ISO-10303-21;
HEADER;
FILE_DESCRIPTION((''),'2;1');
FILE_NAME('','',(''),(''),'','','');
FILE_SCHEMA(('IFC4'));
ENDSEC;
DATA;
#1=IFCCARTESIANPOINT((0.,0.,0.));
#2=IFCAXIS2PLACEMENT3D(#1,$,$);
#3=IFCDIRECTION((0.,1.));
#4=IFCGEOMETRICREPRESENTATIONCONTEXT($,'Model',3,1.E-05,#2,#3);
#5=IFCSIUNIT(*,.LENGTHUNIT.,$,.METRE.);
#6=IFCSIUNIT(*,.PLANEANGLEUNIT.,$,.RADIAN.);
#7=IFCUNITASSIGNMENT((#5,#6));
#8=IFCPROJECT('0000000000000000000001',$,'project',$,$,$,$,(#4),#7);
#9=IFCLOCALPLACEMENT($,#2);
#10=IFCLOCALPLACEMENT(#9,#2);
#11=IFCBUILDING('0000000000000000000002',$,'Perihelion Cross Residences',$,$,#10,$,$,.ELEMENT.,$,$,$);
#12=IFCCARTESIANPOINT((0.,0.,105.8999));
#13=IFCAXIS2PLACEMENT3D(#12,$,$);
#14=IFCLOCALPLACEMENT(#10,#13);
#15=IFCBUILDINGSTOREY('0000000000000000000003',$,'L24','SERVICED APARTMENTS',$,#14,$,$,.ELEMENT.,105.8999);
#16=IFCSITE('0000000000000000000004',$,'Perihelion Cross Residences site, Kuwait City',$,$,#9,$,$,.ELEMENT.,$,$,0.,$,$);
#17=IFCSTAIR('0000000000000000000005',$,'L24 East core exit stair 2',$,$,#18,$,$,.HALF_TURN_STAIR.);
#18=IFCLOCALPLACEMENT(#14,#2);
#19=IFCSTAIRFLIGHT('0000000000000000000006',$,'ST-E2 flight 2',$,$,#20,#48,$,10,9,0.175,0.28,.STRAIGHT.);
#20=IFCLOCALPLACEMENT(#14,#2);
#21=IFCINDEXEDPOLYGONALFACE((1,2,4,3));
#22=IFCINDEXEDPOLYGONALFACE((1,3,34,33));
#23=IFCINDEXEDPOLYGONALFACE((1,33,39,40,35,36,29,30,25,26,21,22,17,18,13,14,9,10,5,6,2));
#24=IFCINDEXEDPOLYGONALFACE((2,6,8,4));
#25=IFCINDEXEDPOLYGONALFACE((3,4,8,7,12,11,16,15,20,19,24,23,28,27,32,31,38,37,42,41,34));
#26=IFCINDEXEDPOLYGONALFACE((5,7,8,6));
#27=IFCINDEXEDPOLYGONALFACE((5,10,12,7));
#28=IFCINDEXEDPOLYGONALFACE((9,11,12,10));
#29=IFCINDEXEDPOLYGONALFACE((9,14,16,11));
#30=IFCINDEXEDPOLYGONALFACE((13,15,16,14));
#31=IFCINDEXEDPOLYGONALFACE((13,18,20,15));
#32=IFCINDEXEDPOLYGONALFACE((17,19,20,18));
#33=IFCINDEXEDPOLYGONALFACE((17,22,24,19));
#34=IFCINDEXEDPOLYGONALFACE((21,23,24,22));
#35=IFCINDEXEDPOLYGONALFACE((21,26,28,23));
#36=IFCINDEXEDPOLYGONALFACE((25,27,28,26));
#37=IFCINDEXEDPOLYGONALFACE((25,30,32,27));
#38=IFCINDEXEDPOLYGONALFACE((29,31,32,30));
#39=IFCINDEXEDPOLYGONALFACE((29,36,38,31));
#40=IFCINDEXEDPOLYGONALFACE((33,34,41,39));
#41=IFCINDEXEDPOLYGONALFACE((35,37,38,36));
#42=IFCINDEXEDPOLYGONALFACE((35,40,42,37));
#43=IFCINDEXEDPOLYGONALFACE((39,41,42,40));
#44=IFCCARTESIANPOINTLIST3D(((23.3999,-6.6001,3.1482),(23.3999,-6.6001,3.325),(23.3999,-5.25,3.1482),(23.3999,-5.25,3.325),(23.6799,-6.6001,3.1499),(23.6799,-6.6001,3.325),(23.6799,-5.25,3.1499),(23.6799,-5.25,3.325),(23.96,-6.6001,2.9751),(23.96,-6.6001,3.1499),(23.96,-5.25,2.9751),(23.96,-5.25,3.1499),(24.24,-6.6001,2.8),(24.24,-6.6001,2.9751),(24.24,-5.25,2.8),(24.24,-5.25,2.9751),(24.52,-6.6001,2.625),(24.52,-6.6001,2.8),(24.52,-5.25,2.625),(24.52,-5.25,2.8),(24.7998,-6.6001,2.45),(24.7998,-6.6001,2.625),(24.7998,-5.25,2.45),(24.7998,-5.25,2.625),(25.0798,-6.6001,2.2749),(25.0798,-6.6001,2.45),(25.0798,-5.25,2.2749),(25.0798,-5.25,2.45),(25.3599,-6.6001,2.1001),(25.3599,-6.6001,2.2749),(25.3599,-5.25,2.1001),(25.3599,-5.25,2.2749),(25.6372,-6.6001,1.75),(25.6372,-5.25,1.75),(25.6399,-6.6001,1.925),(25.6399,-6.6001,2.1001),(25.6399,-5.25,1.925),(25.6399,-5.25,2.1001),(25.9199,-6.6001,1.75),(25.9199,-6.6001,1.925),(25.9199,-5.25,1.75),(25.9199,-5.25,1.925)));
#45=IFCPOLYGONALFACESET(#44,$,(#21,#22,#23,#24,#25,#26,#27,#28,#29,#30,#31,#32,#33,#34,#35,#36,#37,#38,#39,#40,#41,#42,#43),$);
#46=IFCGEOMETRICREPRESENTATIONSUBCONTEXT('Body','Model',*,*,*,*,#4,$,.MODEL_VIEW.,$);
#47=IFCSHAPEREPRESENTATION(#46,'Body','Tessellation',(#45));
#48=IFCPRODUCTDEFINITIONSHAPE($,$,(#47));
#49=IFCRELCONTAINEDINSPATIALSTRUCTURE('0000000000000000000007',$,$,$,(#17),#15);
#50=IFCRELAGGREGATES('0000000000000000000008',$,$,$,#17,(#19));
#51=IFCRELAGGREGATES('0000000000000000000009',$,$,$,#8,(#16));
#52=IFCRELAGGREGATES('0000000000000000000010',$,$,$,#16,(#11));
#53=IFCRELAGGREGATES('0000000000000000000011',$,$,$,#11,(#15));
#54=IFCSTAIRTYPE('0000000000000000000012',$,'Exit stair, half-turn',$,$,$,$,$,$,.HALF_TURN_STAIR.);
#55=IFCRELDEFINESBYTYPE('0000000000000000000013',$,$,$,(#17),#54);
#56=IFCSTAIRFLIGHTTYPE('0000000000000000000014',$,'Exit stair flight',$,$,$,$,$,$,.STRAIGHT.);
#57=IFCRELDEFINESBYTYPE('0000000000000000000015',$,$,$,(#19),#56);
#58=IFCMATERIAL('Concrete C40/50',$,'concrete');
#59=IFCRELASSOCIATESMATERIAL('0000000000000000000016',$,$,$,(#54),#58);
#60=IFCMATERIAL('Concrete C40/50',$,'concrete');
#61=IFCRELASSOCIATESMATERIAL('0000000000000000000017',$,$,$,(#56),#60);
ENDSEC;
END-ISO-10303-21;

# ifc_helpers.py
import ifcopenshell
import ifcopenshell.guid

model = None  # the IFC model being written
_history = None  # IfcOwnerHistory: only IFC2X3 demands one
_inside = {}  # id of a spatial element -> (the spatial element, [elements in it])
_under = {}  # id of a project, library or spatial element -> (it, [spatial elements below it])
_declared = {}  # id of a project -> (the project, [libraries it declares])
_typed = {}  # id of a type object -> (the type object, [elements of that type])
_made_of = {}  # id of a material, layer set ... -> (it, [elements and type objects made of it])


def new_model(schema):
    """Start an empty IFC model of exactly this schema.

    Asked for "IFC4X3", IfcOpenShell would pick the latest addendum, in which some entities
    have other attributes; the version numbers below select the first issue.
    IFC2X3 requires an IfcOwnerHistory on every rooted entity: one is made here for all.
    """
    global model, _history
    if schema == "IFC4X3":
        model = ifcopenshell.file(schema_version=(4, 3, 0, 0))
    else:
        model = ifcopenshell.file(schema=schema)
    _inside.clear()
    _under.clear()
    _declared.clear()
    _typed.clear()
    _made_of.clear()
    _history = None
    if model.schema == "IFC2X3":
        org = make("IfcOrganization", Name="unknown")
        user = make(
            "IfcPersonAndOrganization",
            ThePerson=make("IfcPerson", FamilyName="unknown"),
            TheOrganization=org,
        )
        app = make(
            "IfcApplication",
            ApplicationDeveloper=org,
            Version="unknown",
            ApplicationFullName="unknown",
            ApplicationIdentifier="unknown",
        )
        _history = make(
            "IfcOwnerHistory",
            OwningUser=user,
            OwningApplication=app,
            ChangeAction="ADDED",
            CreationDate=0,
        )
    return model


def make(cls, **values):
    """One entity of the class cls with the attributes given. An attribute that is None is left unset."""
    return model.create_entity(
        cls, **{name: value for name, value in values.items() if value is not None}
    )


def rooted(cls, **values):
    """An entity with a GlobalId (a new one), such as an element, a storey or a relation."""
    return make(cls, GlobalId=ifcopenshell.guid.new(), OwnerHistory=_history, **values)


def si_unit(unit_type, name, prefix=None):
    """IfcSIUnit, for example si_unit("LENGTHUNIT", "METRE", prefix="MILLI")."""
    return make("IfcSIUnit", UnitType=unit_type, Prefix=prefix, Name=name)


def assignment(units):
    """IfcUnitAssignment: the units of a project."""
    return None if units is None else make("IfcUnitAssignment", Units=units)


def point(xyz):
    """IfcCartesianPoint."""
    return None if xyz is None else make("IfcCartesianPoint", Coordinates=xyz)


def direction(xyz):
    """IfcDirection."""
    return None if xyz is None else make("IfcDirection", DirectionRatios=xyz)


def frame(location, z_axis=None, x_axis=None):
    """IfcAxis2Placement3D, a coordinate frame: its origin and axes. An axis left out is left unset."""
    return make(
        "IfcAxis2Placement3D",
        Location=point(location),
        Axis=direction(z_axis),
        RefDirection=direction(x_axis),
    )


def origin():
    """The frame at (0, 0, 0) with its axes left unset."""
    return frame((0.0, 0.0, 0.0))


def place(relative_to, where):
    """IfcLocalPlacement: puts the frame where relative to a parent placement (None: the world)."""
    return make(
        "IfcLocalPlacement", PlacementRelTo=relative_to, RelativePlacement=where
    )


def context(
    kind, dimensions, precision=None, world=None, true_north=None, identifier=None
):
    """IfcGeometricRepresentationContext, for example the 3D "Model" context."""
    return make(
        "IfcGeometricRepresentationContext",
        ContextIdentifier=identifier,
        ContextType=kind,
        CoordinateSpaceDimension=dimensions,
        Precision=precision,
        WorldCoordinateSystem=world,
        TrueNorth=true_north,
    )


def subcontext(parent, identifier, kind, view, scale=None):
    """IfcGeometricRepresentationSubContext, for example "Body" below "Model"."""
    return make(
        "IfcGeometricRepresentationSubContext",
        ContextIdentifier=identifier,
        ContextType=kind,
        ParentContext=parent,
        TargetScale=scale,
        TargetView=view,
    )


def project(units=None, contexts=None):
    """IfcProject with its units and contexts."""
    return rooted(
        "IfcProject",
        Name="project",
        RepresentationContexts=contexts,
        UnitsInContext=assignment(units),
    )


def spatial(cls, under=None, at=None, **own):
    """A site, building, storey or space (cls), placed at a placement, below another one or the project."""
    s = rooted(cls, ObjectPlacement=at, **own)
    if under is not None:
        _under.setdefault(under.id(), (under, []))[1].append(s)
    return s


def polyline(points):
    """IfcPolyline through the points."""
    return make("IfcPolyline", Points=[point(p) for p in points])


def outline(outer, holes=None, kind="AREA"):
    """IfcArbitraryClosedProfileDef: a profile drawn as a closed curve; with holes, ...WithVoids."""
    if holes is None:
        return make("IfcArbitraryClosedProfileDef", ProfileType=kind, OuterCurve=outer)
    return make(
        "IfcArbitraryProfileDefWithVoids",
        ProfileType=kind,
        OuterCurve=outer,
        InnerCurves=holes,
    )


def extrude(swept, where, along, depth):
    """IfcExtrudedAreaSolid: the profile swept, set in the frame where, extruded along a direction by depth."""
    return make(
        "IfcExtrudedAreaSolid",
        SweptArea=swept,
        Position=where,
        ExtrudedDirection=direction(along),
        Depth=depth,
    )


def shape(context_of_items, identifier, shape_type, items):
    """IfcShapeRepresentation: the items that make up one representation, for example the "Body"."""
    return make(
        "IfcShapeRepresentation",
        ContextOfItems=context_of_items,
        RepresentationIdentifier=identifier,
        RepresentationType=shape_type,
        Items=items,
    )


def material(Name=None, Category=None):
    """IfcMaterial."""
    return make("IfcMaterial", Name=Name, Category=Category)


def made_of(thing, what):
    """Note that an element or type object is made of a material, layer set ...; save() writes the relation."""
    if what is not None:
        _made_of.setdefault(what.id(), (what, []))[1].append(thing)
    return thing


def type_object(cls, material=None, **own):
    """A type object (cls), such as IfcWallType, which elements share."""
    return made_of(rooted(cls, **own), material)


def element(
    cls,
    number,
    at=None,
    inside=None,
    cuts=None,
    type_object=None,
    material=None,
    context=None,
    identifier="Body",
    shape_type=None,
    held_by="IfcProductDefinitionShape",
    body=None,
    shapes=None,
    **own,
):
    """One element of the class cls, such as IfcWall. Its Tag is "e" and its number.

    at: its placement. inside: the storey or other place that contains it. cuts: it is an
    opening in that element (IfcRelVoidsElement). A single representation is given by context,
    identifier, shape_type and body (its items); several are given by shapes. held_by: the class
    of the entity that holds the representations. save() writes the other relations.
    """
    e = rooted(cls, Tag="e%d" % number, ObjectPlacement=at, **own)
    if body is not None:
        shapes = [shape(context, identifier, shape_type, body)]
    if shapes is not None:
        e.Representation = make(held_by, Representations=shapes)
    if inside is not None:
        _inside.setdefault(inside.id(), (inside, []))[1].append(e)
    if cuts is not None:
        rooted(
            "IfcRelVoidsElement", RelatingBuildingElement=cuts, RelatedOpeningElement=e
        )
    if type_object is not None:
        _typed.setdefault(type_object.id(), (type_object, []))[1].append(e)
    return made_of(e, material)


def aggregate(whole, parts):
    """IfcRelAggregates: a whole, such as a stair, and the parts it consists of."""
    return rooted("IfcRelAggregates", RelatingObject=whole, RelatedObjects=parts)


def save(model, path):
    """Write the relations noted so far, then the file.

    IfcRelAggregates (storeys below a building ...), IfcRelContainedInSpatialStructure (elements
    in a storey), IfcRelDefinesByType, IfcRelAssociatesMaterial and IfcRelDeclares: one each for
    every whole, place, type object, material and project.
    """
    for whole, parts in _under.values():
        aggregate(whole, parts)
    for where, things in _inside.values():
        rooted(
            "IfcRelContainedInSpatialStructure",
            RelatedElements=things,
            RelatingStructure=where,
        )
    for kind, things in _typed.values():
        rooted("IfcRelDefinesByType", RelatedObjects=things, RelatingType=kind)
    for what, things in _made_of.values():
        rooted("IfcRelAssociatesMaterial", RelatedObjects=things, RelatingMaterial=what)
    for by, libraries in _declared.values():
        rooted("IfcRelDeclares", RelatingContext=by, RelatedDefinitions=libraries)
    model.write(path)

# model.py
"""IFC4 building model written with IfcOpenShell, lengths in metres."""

from ifc_helpers import new_model, si_unit, direction, frame, origin, place, context, subcontext, project, spatial, polyline, outline, extrude, material, type_object, element, aggregate, save


model = new_model("IFC4")

# Units and contexts
model_context = context("Model", 3, precision=1e-05, world=origin(), true_north=direction((0.0, 1.0)))
body_context = subcontext(model_context, "Body", "Model", "MODEL_VIEW")
ifc_project = project(units=[si_unit("LENGTHUNIT", "METRE"), si_unit("PLANEANGLEUNIT", "RADIAN")], contexts=[model_context])

# Site, building, storey
site_placement = place(None, origin())
site = spatial("IfcSite", under=ifc_project, at=site_placement, Name="Perihelion Cross Residences site, Kuwait City", CompositionType="ELEMENT", RefElevation=0.0)
building_placement = place(site_placement, origin())
building = spatial("IfcBuilding", under=site, at=building_placement, Name="Perihelion Cross Residences", CompositionType="ELEMENT")
storey_placement = place(building_placement, frame((0.0, 0.0, 105.8999)))
storey = spatial("IfcBuildingStorey", under=building, at=storey_placement, Name="L24", Description="SERVICED APARTMENTS", CompositionType="ELEMENT", Elevation=105.8999)

# Stair, stair flight
ifc_material_1 = material(Name="Concrete C40/50", Category="concrete")
stair_type = type_object("IfcStairType", Name="Exit stair, half-turn", PredefinedType="HALF_TURN_STAIR", material=ifc_material_1)
stair_placement = place(storey_placement, origin())
stair = element("IfcStair", 1, at=stair_placement, inside=storey, type_object=stair_type, Name="L24 East core exit stair 2", PredefinedType="HALF_TURN_STAIR")
ifc_material_2 = material(Name="Concrete C40/50", Category="concrete")
stair_flight_type = type_object("IfcStairFlightType", Name="Exit stair flight", PredefinedType="STRAIGHT", material=ifc_material_2)
stair_flight_placement = place(storey_placement, frame((25.9199, -5.925, 1.75), z_axis=(0.0, 0.0, 1.0), x_axis=(-1.0, 0.0, 0.0)))
stair_flight = element("IfcStairFlight", 2, at=stair_flight_placement, type_object=stair_flight_type, Name="ST-E2 flight 2", NumberOfRisers=10, NumberOfTreads=9, PredefinedType="STRAIGHT", RiserHeight=0.175, TreadLength=0.28, context=body_context, shape_type="SweptSolid", body=[
    extrude(outline(polyline([(0.0, 0.0), (0.0, 0.175), (0.28, 0.175), (0.28, 0.3501), (0.5601, 0.3501), (0.5601, 0.5249), (0.8401, 0.5249), (0.8401, 0.7), (1.1201, 0.7), (1.1201, 0.875), (1.3999, 0.875), (1.3999, 1.05), (1.6799, 1.05), (1.6799, 1.2251), (1.96, 1.2251), (1.96, 1.3999), (2.24, 1.3999), (2.24, 1.575), (2.52, 1.575), (2.52, 1.75), (2.52, 1.3982), (0.2827, 0.0), (0.0, 0.0)])), frame((0.0, 0.675, 0.0), z_axis=(0.0, -1.0, 0.0), x_axis=(1.0, 0.0, 0.0)), (0.0, 0.0, 1.0), 1.3501),
])
aggregate(stair, [stair_flight])

save(model, "model.ifc")
